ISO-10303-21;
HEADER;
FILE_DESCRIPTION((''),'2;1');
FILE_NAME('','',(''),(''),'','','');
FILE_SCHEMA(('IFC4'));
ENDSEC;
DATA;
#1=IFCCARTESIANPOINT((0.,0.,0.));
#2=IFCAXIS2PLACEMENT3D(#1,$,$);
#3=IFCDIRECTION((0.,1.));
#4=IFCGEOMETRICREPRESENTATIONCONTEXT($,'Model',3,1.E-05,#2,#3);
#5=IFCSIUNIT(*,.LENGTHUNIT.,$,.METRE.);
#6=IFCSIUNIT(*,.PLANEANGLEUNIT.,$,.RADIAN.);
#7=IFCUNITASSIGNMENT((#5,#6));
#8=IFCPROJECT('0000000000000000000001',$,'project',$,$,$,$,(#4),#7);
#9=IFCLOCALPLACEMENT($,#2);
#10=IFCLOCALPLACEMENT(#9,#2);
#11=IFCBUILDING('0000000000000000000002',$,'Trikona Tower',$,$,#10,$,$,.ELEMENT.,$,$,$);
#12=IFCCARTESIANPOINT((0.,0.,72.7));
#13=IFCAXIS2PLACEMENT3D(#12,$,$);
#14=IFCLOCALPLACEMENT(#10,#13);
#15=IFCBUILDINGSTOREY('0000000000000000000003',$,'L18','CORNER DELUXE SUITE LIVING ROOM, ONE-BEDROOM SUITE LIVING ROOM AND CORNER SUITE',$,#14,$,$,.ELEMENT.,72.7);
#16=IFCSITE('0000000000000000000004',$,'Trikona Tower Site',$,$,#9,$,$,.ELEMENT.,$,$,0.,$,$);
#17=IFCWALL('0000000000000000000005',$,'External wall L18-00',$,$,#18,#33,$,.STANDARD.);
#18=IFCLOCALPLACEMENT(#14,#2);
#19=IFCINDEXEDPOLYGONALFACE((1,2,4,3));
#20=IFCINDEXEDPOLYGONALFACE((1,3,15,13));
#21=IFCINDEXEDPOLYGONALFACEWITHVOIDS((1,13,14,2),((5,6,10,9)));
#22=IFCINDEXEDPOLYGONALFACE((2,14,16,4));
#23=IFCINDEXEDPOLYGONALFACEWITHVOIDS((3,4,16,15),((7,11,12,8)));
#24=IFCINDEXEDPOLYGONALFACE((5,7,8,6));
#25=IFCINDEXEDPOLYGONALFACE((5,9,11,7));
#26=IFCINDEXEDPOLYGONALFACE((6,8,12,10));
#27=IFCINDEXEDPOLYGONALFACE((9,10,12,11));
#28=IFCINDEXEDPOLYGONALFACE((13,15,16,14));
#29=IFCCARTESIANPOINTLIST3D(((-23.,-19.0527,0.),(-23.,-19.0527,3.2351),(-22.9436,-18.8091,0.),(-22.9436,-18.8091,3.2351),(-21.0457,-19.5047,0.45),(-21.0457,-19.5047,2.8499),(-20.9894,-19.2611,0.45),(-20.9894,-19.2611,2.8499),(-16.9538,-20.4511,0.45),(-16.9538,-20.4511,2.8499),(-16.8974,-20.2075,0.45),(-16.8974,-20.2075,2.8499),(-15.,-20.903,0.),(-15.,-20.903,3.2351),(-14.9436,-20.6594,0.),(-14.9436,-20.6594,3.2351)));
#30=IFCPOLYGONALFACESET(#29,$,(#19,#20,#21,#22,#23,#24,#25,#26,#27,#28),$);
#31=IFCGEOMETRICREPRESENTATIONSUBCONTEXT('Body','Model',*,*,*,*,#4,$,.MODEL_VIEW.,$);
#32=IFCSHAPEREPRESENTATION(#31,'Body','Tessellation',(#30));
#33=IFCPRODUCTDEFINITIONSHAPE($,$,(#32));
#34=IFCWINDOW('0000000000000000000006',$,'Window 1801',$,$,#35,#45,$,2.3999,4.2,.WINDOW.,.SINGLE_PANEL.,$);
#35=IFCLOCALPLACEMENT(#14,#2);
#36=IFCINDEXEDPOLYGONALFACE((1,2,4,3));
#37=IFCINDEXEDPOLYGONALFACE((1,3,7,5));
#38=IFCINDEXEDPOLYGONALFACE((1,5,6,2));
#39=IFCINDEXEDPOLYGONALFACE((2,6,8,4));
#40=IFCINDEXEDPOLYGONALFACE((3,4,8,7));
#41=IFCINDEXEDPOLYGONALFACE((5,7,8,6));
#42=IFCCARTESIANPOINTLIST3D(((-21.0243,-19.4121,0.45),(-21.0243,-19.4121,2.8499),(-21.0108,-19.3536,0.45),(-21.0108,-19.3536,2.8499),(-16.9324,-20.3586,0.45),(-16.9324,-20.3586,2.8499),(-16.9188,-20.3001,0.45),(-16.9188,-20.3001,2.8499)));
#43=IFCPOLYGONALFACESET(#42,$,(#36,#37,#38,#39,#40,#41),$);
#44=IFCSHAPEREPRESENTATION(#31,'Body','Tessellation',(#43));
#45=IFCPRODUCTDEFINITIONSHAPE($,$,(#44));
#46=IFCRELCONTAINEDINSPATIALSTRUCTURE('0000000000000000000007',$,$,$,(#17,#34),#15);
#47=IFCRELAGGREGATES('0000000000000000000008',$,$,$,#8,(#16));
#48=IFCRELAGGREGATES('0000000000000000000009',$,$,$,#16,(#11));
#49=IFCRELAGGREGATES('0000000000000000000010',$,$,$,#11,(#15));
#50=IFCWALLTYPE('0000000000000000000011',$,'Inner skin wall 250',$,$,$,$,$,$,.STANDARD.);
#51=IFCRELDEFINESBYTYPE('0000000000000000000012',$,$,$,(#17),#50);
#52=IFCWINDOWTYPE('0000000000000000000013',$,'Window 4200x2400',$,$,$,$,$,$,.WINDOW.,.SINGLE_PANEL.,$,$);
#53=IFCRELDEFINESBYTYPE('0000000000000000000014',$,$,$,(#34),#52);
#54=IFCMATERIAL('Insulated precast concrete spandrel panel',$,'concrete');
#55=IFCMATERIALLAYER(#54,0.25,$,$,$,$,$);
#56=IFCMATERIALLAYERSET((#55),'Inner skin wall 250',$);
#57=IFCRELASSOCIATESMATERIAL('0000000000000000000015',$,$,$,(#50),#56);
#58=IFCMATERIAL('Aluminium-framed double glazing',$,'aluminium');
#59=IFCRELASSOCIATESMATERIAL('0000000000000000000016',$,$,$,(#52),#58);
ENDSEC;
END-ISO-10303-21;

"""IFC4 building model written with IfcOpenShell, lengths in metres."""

from ifc_helpers import new_model, si_unit, direction, frame, frame_2d, origin, place, context, subcontext, project, spatial, rectangle, extrude, material, layer, layer_set, type_object, element, fill, save


model = new_model("IFC4")

# Units and contexts
model_context = context("Model", 3, precision=1e-05, world=origin(), true_north=direction((0.0, 1.0)))
body_context = subcontext(model_context, "Body", "Model", "MODEL_VIEW")
ifc_project = project(units=[si_unit("LENGTHUNIT", "METRE"), si_unit("PLANEANGLEUNIT", "RADIAN")], contexts=[model_context])

# Site, building, storey
site_placement = place(None, origin())
site = spatial("IfcSite", under=ifc_project, at=site_placement, Name="Trikona Tower Site", CompositionType="ELEMENT", RefElevation=0.0)
building_placement = place(site_placement, origin())
building = spatial("IfcBuilding", under=site, at=building_placement, Name="Trikona Tower", CompositionType="ELEMENT")
storey_placement = place(building_placement, frame((0.0, 0.0, 72.7)))
storey = spatial("IfcBuildingStorey", under=building, at=storey_placement, Name="L18", Description="CORNER DELUXE SUITE LIVING ROOM, ONE-BEDROOM SUITE LIVING ROOM AND CORNER SUITE", CompositionType="ELEMENT", Elevation=72.7)

# Wall, opening, window
ifc_material_1 = material(Name="Insulated precast concrete spandrel panel", Category="concrete")
ifc_layer_1 = layer(ifc_material_1, 0.25)
ifc_layer_set_1 = layer_set([ifc_layer_1], Name="Inner skin wall 250")
wall_type_1 = type_object("IfcWallType", Name="Inner skin wall 250", PredefinedType="STANDARD", material=ifc_layer_set_1)
wall_1_placement = place(storey_placement, frame((-22.9717, -18.9309, 0.0), z_axis=(0.0, 0.0, 1.0), x_axis=(0.974279, -0.225344, 0.0)))
wall_1 = element("IfcWall", 1, at=wall_1_placement, inside=storey, type_object=wall_type_1, Name="External wall L18-00", PredefinedType="STANDARD", context=body_context, shape_type="SweptSolid", body=[
    extrude(rectangle(XDim=8.2112, YDim=0.25, at=frame_2d((4.1055, 0.0))), origin(), (0.0, 0.0, 1.0), 3.2351),
])
opening_1_placement = place(wall_1_placement, frame((2.0056, 0.0, 0.45)))
opening_1 = element("IfcOpeningElement", 2, at=opening_1_placement, cuts=wall_1, PredefinedType="OPENING", context=body_context, shape_type="SweptSolid", body=[
    extrude(rectangle(XDim=4.2, YDim=2.3999, at=frame_2d((2.1001, 1.2))), frame((0.0, 0.135, 0.0), z_axis=(0.0, -1.0, 0.0), x_axis=(1.0, 0.0, 0.0)), (0.0, 0.0, 1.0), 0.27),
])
ifc_material_2 = material(Name="Aluminium-framed double glazing", Category="aluminium")
window_type_1 = type_object("IfcWindowType", Name="Window 4200x2400", PartitioningType="SINGLE_PANEL", PredefinedType="WINDOW", material=ifc_material_2)
window_1_placement = place(opening_1_placement, origin())
window_1 = element("IfcWindow", 3, at=window_1_placement, inside=storey, type_object=window_type_1, Name="Window 1801", OverallHeight=2.3999, OverallWidth=4.2, PartitioningType="SINGLE_PANEL", PredefinedType="WINDOW", context=body_context, shape_type="SweptSolid", body=[
    extrude(rectangle(XDim=4.2, YDim=2.3999, at=frame_2d((2.1001, 1.2))), frame((0.0, 0.03, 0.0), z_axis=(0.0, -1.0, 0.0), x_axis=(1.0, 0.0, 0.0)), (0.0, 0.0, 1.0), 0.0601),
])
fill(opening_1, window_1)

save(model, "model.ifc")
